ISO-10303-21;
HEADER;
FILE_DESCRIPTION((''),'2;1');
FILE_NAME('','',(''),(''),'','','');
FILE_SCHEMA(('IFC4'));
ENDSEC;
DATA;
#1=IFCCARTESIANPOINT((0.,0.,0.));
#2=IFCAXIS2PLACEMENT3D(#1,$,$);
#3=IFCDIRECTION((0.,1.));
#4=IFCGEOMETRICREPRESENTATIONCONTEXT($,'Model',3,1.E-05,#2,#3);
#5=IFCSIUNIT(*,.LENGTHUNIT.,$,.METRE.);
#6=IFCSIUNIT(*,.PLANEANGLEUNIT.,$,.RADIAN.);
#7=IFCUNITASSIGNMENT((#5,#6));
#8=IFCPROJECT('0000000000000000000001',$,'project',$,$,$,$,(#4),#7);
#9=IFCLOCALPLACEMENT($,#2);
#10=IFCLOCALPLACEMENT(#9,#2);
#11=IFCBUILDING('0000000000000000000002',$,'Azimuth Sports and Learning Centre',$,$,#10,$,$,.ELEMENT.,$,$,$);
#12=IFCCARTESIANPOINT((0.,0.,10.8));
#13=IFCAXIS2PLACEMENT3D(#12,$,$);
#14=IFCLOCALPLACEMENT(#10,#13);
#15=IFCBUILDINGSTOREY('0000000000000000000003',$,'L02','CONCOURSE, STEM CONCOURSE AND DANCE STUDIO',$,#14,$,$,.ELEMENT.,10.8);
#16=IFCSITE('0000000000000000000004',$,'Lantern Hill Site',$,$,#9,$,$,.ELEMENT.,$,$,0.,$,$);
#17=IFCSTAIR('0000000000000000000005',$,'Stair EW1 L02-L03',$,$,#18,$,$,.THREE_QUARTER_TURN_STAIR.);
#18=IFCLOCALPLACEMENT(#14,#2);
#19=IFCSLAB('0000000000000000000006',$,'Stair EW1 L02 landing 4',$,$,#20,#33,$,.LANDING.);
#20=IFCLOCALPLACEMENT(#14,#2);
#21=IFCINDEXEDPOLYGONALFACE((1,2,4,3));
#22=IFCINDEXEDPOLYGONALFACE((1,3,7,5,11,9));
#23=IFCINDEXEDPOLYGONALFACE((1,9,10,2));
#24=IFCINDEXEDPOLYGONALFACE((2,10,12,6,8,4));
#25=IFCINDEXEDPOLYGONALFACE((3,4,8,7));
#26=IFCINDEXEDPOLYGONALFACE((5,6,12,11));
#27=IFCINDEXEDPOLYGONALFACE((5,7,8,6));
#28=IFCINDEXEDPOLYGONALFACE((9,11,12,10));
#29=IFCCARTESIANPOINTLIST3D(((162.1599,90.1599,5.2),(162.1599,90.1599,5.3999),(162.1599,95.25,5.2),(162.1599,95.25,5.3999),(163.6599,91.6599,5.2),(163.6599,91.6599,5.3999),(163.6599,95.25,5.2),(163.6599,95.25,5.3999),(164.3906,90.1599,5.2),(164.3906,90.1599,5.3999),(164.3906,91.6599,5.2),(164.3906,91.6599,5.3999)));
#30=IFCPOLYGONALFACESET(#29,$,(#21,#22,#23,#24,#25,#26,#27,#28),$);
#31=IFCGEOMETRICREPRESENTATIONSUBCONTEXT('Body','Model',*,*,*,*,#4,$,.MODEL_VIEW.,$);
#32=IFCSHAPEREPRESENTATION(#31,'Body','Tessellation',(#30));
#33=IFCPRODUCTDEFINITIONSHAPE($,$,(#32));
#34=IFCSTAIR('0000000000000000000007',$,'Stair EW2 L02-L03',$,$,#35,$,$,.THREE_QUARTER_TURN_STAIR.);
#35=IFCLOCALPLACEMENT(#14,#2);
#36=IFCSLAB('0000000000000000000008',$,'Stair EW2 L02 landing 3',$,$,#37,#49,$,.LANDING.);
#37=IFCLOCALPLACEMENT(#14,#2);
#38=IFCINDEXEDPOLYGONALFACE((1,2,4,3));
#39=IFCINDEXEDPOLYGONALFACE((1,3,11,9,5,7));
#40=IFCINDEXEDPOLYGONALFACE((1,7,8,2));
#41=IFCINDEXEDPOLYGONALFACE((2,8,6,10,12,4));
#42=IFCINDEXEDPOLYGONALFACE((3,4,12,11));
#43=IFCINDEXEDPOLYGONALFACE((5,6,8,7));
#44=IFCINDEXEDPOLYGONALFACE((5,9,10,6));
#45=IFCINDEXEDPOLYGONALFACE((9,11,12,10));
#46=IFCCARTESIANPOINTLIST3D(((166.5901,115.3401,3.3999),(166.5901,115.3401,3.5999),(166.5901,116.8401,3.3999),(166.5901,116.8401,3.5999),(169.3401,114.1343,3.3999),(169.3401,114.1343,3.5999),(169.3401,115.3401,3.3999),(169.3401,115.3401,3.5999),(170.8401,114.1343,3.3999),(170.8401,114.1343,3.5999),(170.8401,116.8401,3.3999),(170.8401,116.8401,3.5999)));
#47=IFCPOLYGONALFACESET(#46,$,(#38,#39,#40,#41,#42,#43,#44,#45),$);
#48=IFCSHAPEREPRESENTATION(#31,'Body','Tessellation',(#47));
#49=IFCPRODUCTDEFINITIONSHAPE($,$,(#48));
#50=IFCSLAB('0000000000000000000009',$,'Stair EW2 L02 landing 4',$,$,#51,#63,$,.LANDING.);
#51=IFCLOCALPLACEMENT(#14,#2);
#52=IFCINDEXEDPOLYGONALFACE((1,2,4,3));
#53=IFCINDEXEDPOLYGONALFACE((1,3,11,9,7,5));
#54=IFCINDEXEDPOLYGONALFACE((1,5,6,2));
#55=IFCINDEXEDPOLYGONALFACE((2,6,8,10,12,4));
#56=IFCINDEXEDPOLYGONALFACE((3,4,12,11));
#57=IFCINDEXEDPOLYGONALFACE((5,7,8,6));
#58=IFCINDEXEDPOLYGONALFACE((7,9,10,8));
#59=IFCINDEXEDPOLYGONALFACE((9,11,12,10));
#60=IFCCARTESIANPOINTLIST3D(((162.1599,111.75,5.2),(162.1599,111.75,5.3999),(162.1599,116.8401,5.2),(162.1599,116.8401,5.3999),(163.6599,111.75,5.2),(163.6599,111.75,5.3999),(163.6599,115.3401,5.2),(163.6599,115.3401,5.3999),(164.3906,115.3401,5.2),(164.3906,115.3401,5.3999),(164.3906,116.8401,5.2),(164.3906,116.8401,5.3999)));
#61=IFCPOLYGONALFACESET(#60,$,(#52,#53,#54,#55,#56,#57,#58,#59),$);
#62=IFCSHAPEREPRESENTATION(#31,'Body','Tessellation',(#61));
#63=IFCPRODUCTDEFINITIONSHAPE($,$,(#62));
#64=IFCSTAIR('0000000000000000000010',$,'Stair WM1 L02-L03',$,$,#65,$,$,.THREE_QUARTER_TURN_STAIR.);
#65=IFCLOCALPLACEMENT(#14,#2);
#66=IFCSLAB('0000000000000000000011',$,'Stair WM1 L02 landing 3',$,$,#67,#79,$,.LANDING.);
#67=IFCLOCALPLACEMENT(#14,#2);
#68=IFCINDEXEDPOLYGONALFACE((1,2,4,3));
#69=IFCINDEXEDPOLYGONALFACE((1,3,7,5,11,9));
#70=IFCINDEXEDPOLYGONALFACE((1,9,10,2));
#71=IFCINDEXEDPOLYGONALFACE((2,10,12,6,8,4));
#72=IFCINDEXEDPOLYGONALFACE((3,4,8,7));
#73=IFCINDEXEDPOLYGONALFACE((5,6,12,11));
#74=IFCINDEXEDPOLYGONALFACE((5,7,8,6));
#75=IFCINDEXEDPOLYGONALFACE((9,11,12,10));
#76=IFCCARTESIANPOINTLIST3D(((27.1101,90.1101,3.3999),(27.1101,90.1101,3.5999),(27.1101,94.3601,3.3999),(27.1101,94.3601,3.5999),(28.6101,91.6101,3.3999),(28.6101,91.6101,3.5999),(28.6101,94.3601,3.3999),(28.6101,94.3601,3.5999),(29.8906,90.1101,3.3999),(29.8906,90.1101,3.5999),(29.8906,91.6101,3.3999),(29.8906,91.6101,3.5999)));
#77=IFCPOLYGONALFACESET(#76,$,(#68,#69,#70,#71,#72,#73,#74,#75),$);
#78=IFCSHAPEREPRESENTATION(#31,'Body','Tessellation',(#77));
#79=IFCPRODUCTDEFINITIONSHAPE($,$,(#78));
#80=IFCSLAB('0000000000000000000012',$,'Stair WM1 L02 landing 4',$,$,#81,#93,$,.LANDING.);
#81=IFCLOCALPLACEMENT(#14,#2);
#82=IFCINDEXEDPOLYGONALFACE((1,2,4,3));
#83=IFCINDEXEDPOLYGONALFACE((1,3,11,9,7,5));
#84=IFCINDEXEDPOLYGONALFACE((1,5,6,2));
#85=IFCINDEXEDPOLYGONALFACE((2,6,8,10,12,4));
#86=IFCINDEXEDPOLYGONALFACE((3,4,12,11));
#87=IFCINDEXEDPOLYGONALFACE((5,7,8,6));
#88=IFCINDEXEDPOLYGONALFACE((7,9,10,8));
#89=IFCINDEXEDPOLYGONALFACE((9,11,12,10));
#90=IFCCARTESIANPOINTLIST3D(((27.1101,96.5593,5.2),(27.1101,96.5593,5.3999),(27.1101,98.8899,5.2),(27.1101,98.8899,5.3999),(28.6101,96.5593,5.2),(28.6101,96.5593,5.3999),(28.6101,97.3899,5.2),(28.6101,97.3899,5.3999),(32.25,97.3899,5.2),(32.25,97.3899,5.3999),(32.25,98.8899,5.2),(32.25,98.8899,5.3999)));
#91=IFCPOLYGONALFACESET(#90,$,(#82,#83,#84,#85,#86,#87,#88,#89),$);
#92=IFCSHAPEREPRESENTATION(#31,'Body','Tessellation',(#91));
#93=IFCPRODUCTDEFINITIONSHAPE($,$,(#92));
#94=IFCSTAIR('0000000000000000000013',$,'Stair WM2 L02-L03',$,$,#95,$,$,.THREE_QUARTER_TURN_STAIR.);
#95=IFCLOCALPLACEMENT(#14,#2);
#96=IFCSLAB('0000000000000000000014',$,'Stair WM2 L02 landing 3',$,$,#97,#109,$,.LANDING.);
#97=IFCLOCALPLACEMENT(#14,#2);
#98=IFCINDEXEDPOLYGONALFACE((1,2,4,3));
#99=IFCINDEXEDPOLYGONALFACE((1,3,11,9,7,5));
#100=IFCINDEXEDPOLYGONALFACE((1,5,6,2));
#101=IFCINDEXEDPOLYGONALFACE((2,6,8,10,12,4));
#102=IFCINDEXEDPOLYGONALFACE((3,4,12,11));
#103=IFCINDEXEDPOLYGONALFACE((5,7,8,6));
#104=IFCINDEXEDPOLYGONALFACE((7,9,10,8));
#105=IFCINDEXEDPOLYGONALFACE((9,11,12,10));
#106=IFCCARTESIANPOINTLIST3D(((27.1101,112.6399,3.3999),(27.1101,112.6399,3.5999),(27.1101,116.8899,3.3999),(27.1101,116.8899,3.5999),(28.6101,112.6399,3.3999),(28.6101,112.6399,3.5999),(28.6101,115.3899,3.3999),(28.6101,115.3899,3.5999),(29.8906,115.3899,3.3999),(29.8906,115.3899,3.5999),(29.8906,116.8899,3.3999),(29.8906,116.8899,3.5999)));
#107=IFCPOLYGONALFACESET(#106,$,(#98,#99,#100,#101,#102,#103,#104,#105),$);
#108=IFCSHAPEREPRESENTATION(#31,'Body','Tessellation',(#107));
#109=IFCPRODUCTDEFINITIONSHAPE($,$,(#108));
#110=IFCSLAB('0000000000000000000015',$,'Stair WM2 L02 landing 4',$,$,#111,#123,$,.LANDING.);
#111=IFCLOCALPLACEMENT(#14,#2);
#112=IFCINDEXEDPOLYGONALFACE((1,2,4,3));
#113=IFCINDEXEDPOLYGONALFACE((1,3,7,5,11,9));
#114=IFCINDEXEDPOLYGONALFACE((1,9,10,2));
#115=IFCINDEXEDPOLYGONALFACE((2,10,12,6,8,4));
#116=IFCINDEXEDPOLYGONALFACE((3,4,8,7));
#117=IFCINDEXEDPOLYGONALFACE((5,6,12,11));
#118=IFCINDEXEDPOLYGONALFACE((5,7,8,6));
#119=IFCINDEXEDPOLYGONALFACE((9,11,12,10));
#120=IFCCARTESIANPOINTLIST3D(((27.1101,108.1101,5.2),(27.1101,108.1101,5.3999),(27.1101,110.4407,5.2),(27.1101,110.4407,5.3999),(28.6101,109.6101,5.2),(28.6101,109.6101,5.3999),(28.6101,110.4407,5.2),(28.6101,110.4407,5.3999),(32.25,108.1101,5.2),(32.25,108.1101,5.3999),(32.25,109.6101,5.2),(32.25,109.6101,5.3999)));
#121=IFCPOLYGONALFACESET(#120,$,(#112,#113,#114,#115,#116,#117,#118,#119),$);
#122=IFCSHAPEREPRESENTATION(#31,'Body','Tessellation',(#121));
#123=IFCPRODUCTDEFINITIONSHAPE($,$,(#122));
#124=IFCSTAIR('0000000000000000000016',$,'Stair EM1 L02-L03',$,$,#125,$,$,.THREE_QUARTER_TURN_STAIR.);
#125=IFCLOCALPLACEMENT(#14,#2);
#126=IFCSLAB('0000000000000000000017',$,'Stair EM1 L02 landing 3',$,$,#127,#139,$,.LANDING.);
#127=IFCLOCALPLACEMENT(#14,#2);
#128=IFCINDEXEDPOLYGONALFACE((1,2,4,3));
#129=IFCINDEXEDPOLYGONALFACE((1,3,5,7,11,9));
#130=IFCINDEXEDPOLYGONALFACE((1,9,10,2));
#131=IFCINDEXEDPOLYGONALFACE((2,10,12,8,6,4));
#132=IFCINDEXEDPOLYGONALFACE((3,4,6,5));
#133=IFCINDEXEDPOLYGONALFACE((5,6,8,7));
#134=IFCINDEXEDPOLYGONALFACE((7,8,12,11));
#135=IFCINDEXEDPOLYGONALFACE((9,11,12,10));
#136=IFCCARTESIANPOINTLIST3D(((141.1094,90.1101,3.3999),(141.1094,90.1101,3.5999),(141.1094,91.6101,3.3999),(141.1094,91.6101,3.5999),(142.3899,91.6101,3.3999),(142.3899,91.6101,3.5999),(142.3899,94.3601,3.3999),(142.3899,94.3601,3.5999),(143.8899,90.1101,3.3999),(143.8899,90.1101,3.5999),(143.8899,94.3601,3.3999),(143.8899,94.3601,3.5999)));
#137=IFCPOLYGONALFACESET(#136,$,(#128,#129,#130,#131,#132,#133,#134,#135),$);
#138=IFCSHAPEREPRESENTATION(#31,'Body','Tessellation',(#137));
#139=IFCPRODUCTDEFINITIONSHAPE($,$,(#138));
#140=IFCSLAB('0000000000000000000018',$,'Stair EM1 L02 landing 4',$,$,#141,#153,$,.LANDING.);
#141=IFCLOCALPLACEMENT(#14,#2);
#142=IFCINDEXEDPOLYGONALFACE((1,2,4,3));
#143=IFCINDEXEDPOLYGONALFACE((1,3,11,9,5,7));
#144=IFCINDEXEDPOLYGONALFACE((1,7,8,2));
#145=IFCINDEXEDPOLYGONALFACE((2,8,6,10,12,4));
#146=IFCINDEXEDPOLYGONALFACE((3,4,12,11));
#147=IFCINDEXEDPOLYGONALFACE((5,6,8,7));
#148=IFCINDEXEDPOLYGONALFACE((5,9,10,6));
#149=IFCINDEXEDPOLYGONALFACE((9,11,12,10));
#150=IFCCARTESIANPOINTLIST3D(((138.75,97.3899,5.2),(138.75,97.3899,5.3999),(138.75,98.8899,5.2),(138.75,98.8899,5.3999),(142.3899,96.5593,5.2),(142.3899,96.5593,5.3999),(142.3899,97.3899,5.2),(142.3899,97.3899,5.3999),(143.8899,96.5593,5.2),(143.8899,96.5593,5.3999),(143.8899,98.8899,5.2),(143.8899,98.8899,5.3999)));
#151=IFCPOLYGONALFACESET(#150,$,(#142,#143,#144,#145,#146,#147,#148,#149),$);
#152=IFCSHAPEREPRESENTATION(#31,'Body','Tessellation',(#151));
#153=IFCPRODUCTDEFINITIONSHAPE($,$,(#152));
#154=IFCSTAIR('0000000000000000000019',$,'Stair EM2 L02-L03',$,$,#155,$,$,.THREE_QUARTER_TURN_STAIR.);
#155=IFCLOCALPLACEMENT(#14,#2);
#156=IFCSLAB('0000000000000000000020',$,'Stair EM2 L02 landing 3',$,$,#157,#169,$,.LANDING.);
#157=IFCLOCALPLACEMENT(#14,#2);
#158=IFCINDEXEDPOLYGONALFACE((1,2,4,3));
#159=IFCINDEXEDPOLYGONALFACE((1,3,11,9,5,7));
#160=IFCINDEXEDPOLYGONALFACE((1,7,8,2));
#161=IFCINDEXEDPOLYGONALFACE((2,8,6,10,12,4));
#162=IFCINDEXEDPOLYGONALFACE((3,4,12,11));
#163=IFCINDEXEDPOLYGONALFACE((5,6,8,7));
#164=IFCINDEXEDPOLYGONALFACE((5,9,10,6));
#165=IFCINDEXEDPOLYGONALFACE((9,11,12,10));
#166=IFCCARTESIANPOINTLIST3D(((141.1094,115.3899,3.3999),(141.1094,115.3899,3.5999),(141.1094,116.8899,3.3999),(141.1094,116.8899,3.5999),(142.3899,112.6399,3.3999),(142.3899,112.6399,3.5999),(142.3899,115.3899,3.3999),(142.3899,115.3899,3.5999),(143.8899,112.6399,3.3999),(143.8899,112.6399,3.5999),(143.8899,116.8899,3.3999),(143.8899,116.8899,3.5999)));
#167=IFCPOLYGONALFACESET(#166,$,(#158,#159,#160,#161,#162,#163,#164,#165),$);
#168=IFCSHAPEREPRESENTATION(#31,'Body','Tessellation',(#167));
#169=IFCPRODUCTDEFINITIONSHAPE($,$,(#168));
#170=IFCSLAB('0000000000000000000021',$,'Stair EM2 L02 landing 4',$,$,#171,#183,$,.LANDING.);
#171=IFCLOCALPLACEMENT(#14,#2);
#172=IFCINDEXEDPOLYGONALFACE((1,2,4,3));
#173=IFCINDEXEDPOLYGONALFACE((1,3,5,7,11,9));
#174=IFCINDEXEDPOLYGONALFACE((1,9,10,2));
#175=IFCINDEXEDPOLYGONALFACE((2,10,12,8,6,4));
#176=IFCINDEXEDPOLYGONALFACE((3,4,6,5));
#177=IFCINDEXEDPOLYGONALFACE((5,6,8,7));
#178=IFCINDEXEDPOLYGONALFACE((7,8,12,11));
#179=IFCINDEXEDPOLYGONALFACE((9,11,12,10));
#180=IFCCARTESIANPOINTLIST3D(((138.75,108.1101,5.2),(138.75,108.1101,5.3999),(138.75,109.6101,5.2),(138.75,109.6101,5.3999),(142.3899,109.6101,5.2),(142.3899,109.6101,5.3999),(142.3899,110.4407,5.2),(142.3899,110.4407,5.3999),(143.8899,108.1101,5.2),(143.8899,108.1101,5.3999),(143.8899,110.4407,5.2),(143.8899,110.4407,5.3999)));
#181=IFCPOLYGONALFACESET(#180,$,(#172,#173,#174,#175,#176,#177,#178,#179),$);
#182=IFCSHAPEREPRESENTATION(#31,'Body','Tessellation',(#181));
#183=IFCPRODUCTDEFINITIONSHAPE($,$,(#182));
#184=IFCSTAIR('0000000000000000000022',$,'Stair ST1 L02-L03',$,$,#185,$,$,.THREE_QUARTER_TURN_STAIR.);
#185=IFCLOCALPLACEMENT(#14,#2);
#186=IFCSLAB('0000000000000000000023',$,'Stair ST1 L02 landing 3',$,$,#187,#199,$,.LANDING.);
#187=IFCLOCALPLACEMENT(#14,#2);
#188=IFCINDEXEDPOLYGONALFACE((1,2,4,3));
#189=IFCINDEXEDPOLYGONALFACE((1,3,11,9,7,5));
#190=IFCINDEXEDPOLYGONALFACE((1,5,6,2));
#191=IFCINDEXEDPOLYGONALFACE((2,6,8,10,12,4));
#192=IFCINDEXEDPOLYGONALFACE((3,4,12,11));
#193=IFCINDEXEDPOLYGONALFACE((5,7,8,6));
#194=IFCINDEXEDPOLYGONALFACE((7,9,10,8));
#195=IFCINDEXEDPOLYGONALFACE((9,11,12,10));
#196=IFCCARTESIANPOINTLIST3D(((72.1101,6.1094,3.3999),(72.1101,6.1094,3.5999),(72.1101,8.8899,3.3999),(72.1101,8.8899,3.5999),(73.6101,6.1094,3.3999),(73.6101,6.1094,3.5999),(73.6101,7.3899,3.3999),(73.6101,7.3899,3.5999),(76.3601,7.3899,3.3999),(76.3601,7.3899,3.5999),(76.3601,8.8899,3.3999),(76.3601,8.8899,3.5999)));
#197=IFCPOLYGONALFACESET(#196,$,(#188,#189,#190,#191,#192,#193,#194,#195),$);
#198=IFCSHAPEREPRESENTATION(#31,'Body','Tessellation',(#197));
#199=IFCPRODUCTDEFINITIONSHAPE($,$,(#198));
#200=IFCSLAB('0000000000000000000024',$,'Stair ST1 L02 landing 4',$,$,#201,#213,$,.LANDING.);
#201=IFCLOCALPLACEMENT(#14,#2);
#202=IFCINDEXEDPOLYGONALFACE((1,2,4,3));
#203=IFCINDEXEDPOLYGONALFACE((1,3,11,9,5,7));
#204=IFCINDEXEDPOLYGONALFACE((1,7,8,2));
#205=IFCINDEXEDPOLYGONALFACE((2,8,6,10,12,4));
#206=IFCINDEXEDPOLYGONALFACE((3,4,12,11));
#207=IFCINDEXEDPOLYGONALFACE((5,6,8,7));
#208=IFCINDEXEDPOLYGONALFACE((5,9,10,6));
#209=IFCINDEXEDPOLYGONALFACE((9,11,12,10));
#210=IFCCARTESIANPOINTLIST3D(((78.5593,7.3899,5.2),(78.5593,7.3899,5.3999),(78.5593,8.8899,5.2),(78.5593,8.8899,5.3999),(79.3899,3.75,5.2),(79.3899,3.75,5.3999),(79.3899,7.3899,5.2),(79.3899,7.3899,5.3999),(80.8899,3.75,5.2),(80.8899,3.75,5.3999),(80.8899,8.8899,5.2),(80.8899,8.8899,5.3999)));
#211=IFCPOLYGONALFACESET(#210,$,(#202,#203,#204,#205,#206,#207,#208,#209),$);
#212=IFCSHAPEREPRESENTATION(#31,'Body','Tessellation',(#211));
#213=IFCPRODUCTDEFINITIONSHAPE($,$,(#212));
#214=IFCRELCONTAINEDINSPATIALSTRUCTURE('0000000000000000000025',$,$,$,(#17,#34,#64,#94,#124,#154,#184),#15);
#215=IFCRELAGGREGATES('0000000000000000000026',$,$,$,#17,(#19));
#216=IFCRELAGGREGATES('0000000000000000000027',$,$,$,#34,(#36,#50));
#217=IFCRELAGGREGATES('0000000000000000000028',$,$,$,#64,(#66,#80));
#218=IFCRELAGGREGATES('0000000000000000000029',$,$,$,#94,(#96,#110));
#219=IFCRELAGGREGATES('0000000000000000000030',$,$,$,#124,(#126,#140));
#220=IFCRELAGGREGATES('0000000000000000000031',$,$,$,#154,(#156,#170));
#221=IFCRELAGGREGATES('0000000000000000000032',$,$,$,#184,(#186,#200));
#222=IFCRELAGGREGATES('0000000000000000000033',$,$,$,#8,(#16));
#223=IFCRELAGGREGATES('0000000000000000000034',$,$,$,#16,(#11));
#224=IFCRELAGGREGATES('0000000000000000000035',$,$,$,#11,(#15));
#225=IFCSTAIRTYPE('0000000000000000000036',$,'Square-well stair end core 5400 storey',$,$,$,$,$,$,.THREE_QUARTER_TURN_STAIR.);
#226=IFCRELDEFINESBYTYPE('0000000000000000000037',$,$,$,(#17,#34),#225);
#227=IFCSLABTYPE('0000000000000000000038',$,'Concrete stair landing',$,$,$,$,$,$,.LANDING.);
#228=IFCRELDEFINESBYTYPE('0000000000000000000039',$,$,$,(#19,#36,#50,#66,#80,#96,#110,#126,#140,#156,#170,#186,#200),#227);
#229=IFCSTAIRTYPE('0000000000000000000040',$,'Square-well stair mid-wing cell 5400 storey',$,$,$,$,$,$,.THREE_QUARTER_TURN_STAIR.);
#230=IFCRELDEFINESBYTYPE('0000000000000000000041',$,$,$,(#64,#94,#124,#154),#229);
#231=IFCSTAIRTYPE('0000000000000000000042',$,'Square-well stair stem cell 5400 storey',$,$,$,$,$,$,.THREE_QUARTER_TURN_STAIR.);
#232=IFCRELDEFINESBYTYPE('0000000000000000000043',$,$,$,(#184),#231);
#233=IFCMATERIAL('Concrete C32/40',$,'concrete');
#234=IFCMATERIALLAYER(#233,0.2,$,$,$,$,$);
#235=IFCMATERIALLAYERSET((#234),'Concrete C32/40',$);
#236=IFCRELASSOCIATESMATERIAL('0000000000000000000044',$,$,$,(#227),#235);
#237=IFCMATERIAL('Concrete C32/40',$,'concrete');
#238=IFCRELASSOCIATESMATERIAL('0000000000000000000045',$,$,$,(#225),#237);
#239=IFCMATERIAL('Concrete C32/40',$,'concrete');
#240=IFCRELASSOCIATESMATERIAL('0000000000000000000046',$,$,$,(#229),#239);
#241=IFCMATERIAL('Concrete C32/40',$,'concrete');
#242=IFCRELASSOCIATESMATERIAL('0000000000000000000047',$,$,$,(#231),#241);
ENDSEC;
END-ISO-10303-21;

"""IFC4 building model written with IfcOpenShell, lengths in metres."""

from ifc_helpers import new_model, si_unit, direction, frame, origin, place, context, subcontext, project, spatial, polyline, outline, extrude, material, layer, layer_set, type_object, element, aggregate, save


model = new_model("IFC4")

# Units and contexts
model_context = context("Model", 3, precision=1e-05, world=origin(), true_north=direction((0.0, 1.0)))
body_context = subcontext(model_context, "Body", "Model", "MODEL_VIEW")
ifc_project = project(units=[si_unit("LENGTHUNIT", "METRE"), si_unit("PLANEANGLEUNIT", "RADIAN")], contexts=[model_context])

# Site, building, storey
site_placement = place(None, origin())
site = spatial("IfcSite", under=ifc_project, at=site_placement, Name="Lantern Hill Site", CompositionType="ELEMENT", RefElevation=0.0)
building_placement = place(site_placement, origin())
building = spatial("IfcBuilding", under=site, at=building_placement, Name="Azimuth Sports and Learning Centre", CompositionType="ELEMENT")
storey_placement = place(building_placement, frame((0.0, 0.0, 10.8)))
storey = spatial("IfcBuildingStorey", under=building, at=storey_placement, Name="L02", Description="CONCOURSE, STEM CONCOURSE AND DANCE STUDIO", CompositionType="ELEMENT", Elevation=10.8)

# Stairs, slabs
ifc_material_1 = material(Name="Concrete C32/40", Category="concrete")
ifc_layer = layer(ifc_material_1, 0.2)
ifc_layer_set = layer_set([ifc_layer], Name="Concrete C32/40")
slab_type = type_object("IfcSlabType", Name="Concrete stair landing", PredefinedType="LANDING", material=ifc_layer_set)
ifc_material_2 = material(Name="Concrete C32/40", Category="concrete")
stair_type_1 = type_object("IfcStairType", Name="Square-well stair end core 5400 storey", PredefinedType="THREE_QUARTER_TURN_STAIR", material=ifc_material_2)
stair_1_placement = place(storey_placement, origin())
stair_1 = element("IfcStair", 1, at=stair_1_placement, inside=storey, type_object=stair_type_1, Name="Stair EW1 L02-L03", PredefinedType="THREE_QUARTER_TURN_STAIR")
slab_1_placement = place(storey_placement, frame((0.0, 0.0, 5.2)))
slab_1 = element("IfcSlab", 2, at=slab_1_placement, type_object=slab_type, Name="Stair EW1 L02 landing 4", PredefinedType="LANDING", context=body_context, shape_type="SweptSolid", body=[
    extrude(outline(polyline([(163.6599, 91.6599), (163.6599, 95.25), (162.1599, 95.25), (162.1599, 90.1599), (164.3906, 90.1599), (164.3906, 91.6599), (163.6599, 91.6599)])), origin(), (0.0, 0.0, 1.0), 0.2),
])
aggregate(stair_1, [slab_1])
stair_2_placement = place(storey_placement, origin())
stair_2 = element("IfcStair", 3, at=stair_2_placement, inside=storey, type_object=stair_type_1, Name="Stair EW2 L02-L03", PredefinedType="THREE_QUARTER_TURN_STAIR")
slab_2_placement = place(storey_placement, frame((0.0, 0.0, 3.3999)))
slab_2 = element("IfcSlab", 4, at=slab_2_placement, type_object=slab_type, Name="Stair EW2 L02 landing 3", PredefinedType="LANDING", context=body_context, shape_type="SweptSolid", body=[
    extrude(outline(polyline([(169.3401, 115.3401), (169.3401, 114.1343), (170.8401, 114.1343), (170.8401, 116.8401), (166.5901, 116.8401), (166.5901, 115.3401), (169.3401, 115.3401)])), origin(), (0.0, 0.0, 1.0), 0.2),
])
slab_3_placement = place(storey_placement, frame((0.0, 0.0, 5.2)))
slab_3 = element("IfcSlab", 5, at=slab_3_placement, type_object=slab_type, Name="Stair EW2 L02 landing 4", PredefinedType="LANDING", context=body_context, shape_type="SweptSolid", body=[
    extrude(outline(polyline([(163.6599, 115.3401), (164.3906, 115.3401), (164.3906, 116.8401), (162.1599, 116.8401), (162.1599, 111.75), (163.6599, 111.75), (163.6599, 115.3401)])), origin(), (0.0, 0.0, 1.0), 0.2),
])
aggregate(stair_2, [slab_2, slab_3])
ifc_material_3 = material(Name="Concrete C32/40", Category="concrete")
stair_type_2 = type_object("IfcStairType", Name="Square-well stair mid-wing cell 5400 storey", PredefinedType="THREE_QUARTER_TURN_STAIR", material=ifc_material_3)
stair_3_placement = place(storey_placement, origin())
stair_3 = element("IfcStair", 6, at=stair_3_placement, inside=storey, type_object=stair_type_2, Name="Stair WM1 L02-L03", PredefinedType="THREE_QUARTER_TURN_STAIR")
slab_4_placement = place(storey_placement, frame((0.0, 0.0, 3.3999)))
slab_4 = element("IfcSlab", 7, at=slab_4_placement, type_object=slab_type, Name="Stair WM1 L02 landing 3", PredefinedType="LANDING", context=body_context, shape_type="SweptSolid", body=[
    extrude(outline(polyline([(28.6101, 91.6101), (28.6101, 94.3601), (27.1101, 94.3601), (27.1101, 90.1101), (29.8906, 90.1101), (29.8906, 91.6101), (28.6101, 91.6101)])), origin(), (0.0, 0.0, 1.0), 0.2),
])
slab_5_placement = place(storey_placement, frame((0.0, 0.0, 5.2)))
slab_5 = element("IfcSlab", 8, at=slab_5_placement, type_object=slab_type, Name="Stair WM1 L02 landing 4", PredefinedType="LANDING", context=body_context, shape_type="SweptSolid", body=[
    extrude(outline(polyline([(28.6101, 97.3899), (32.25, 97.3899), (32.25, 98.8899), (27.1101, 98.8899), (27.1101, 96.5593), (28.6101, 96.5593), (28.6101, 97.3899)])), origin(), (0.0, 0.0, 1.0), 0.2),
])
aggregate(stair_3, [slab_4, slab_5])
stair_4_placement = place(storey_placement, origin())
stair_4 = element("IfcStair", 9, at=stair_4_placement, inside=storey, type_object=stair_type_2, Name="Stair WM2 L02-L03", PredefinedType="THREE_QUARTER_TURN_STAIR")
slab_6_placement = place(storey_placement, frame((0.0, 0.0, 3.3999)))
slab_6 = element("IfcSlab", 10, at=slab_6_placement, type_object=slab_type, Name="Stair WM2 L02 landing 3", PredefinedType="LANDING", context=body_context, shape_type="SweptSolid", body=[
    extrude(outline(polyline([(28.6101, 115.3899), (29.8906, 115.3899), (29.8906, 116.8899), (27.1101, 116.8899), (27.1101, 112.6399), (28.6101, 112.6399), (28.6101, 115.3899)])), origin(), (0.0, 0.0, 1.0), 0.2),
])
slab_7_placement = place(storey_placement, frame((0.0, 0.0, 5.2)))
slab_7 = element("IfcSlab", 11, at=slab_7_placement, type_object=slab_type, Name="Stair WM2 L02 landing 4", PredefinedType="LANDING", context=body_context, shape_type="SweptSolid", body=[
    extrude(outline(polyline([(28.6101, 109.6101), (28.6101, 110.4407), (27.1101, 110.4407), (27.1101, 108.1101), (32.25, 108.1101), (32.25, 109.6101), (28.6101, 109.6101)])), origin(), (0.0, 0.0, 1.0), 0.2),
])
aggregate(stair_4, [slab_6, slab_7])
stair_5_placement = place(storey_placement, origin())
stair_5 = element("IfcStair", 12, at=stair_5_placement, inside=storey, type_object=stair_type_2, Name="Stair EM1 L02-L03", PredefinedType="THREE_QUARTER_TURN_STAIR")
slab_8_placement = place(storey_placement, frame((0.0, 0.0, 3.3999)))
slab_8 = element("IfcSlab", 13, at=slab_8_placement, type_object=slab_type, Name="Stair EM1 L02 landing 3", PredefinedType="LANDING", context=body_context, shape_type="SweptSolid", body=[
    extrude(outline(polyline([(142.3899, 91.6101), (141.1094, 91.6101), (141.1094, 90.1101), (143.8899, 90.1101), (143.8899, 94.3601), (142.3899, 94.3601), (142.3899, 91.6101)])), origin(), (0.0, 0.0, 1.0), 0.2),
])
slab_9_placement = place(storey_placement, frame((0.0, 0.0, 5.2)))
slab_9 = element("IfcSlab", 14, at=slab_9_placement, type_object=slab_type, Name="Stair EM1 L02 landing 4", PredefinedType="LANDING", context=body_context, shape_type="SweptSolid", body=[
    extrude(outline(polyline([(142.3899, 97.3899), (142.3899, 96.5593), (143.8899, 96.5593), (143.8899, 98.8899), (138.75, 98.8899), (138.75, 97.3899), (142.3899, 97.3899)])), origin(), (0.0, 0.0, 1.0), 0.2),
])
aggregate(stair_5, [slab_8, slab_9])
stair_6_placement = place(storey_placement, origin())
stair_6 = element("IfcStair", 15, at=stair_6_placement, inside=storey, type_object=stair_type_2, Name="Stair EM2 L02-L03", PredefinedType="THREE_QUARTER_TURN_STAIR")
slab_10_placement = place(storey_placement, frame((0.0, 0.0, 3.3999)))
slab_10 = element("IfcSlab", 16, at=slab_10_placement, type_object=slab_type, Name="Stair EM2 L02 landing 3", PredefinedType="LANDING", context=body_context, shape_type="SweptSolid", body=[
    extrude(outline(polyline([(142.3899, 115.3899), (142.3899, 112.6399), (143.8899, 112.6399), (143.8899, 116.8899), (141.1094, 116.8899), (141.1094, 115.3899), (142.3899, 115.3899)])), origin(), (0.0, 0.0, 1.0), 0.2),
])
slab_11_placement = place(storey_placement, frame((0.0, 0.0, 5.2)))
slab_11 = element("IfcSlab", 17, at=slab_11_placement, type_object=slab_type, Name="Stair EM2 L02 landing 4", PredefinedType="LANDING", context=body_context, shape_type="SweptSolid", body=[
    extrude(outline(polyline([(142.3899, 109.6101), (138.75, 109.6101), (138.75, 108.1101), (143.8899, 108.1101), (143.8899, 110.4407), (142.3899, 110.4407), (142.3899, 109.6101)])), origin(), (0.0, 0.0, 1.0), 0.2),
])
aggregate(stair_6, [slab_10, slab_11])
ifc_material_4 = material(Name="Concrete C32/40", Category="concrete")
stair_type_3 = type_object("IfcStairType", Name="Square-well stair stem cell 5400 storey", PredefinedType="THREE_QUARTER_TURN_STAIR", material=ifc_material_4)
stair_7_placement = place(storey_placement, origin())
stair_7 = element("IfcStair", 18, at=stair_7_placement, inside=storey, type_object=stair_type_3, Name="Stair ST1 L02-L03", PredefinedType="THREE_QUARTER_TURN_STAIR")
slab_12_placement = place(storey_placement, frame((0.0, 0.0, 3.3999)))
slab_12 = element("IfcSlab", 19, at=slab_12_placement, type_object=slab_type, Name="Stair ST1 L02 landing 3", PredefinedType="LANDING", context=body_context, shape_type="SweptSolid", body=[
    extrude(outline(polyline([(73.6101, 7.3899), (76.3601, 7.3899), (76.3601, 8.8899), (72.1101, 8.8899), (72.1101, 6.1094), (73.6101, 6.1094), (73.6101, 7.3899)])), origin(), (0.0, 0.0, 1.0), 0.2),
])
slab_13_placement = place(storey_placement, frame((0.0, 0.0, 5.2)))
slab_13 = element("IfcSlab", 20, at=slab_13_placement, type_object=slab_type, Name="Stair ST1 L02 landing 4", PredefinedType="LANDING", context=body_context, shape_type="SweptSolid", body=[
    extrude(outline(polyline([(79.3899, 7.3899), (79.3899, 3.75), (80.8899, 3.75), (80.8899, 8.8899), (78.5593, 8.8899), (78.5593, 7.3899), (79.3899, 7.3899)])), origin(), (0.0, 0.0, 1.0), 0.2),
])
aggregate(stair_7, [slab_12, slab_13])

save(model, "model.ifc")
